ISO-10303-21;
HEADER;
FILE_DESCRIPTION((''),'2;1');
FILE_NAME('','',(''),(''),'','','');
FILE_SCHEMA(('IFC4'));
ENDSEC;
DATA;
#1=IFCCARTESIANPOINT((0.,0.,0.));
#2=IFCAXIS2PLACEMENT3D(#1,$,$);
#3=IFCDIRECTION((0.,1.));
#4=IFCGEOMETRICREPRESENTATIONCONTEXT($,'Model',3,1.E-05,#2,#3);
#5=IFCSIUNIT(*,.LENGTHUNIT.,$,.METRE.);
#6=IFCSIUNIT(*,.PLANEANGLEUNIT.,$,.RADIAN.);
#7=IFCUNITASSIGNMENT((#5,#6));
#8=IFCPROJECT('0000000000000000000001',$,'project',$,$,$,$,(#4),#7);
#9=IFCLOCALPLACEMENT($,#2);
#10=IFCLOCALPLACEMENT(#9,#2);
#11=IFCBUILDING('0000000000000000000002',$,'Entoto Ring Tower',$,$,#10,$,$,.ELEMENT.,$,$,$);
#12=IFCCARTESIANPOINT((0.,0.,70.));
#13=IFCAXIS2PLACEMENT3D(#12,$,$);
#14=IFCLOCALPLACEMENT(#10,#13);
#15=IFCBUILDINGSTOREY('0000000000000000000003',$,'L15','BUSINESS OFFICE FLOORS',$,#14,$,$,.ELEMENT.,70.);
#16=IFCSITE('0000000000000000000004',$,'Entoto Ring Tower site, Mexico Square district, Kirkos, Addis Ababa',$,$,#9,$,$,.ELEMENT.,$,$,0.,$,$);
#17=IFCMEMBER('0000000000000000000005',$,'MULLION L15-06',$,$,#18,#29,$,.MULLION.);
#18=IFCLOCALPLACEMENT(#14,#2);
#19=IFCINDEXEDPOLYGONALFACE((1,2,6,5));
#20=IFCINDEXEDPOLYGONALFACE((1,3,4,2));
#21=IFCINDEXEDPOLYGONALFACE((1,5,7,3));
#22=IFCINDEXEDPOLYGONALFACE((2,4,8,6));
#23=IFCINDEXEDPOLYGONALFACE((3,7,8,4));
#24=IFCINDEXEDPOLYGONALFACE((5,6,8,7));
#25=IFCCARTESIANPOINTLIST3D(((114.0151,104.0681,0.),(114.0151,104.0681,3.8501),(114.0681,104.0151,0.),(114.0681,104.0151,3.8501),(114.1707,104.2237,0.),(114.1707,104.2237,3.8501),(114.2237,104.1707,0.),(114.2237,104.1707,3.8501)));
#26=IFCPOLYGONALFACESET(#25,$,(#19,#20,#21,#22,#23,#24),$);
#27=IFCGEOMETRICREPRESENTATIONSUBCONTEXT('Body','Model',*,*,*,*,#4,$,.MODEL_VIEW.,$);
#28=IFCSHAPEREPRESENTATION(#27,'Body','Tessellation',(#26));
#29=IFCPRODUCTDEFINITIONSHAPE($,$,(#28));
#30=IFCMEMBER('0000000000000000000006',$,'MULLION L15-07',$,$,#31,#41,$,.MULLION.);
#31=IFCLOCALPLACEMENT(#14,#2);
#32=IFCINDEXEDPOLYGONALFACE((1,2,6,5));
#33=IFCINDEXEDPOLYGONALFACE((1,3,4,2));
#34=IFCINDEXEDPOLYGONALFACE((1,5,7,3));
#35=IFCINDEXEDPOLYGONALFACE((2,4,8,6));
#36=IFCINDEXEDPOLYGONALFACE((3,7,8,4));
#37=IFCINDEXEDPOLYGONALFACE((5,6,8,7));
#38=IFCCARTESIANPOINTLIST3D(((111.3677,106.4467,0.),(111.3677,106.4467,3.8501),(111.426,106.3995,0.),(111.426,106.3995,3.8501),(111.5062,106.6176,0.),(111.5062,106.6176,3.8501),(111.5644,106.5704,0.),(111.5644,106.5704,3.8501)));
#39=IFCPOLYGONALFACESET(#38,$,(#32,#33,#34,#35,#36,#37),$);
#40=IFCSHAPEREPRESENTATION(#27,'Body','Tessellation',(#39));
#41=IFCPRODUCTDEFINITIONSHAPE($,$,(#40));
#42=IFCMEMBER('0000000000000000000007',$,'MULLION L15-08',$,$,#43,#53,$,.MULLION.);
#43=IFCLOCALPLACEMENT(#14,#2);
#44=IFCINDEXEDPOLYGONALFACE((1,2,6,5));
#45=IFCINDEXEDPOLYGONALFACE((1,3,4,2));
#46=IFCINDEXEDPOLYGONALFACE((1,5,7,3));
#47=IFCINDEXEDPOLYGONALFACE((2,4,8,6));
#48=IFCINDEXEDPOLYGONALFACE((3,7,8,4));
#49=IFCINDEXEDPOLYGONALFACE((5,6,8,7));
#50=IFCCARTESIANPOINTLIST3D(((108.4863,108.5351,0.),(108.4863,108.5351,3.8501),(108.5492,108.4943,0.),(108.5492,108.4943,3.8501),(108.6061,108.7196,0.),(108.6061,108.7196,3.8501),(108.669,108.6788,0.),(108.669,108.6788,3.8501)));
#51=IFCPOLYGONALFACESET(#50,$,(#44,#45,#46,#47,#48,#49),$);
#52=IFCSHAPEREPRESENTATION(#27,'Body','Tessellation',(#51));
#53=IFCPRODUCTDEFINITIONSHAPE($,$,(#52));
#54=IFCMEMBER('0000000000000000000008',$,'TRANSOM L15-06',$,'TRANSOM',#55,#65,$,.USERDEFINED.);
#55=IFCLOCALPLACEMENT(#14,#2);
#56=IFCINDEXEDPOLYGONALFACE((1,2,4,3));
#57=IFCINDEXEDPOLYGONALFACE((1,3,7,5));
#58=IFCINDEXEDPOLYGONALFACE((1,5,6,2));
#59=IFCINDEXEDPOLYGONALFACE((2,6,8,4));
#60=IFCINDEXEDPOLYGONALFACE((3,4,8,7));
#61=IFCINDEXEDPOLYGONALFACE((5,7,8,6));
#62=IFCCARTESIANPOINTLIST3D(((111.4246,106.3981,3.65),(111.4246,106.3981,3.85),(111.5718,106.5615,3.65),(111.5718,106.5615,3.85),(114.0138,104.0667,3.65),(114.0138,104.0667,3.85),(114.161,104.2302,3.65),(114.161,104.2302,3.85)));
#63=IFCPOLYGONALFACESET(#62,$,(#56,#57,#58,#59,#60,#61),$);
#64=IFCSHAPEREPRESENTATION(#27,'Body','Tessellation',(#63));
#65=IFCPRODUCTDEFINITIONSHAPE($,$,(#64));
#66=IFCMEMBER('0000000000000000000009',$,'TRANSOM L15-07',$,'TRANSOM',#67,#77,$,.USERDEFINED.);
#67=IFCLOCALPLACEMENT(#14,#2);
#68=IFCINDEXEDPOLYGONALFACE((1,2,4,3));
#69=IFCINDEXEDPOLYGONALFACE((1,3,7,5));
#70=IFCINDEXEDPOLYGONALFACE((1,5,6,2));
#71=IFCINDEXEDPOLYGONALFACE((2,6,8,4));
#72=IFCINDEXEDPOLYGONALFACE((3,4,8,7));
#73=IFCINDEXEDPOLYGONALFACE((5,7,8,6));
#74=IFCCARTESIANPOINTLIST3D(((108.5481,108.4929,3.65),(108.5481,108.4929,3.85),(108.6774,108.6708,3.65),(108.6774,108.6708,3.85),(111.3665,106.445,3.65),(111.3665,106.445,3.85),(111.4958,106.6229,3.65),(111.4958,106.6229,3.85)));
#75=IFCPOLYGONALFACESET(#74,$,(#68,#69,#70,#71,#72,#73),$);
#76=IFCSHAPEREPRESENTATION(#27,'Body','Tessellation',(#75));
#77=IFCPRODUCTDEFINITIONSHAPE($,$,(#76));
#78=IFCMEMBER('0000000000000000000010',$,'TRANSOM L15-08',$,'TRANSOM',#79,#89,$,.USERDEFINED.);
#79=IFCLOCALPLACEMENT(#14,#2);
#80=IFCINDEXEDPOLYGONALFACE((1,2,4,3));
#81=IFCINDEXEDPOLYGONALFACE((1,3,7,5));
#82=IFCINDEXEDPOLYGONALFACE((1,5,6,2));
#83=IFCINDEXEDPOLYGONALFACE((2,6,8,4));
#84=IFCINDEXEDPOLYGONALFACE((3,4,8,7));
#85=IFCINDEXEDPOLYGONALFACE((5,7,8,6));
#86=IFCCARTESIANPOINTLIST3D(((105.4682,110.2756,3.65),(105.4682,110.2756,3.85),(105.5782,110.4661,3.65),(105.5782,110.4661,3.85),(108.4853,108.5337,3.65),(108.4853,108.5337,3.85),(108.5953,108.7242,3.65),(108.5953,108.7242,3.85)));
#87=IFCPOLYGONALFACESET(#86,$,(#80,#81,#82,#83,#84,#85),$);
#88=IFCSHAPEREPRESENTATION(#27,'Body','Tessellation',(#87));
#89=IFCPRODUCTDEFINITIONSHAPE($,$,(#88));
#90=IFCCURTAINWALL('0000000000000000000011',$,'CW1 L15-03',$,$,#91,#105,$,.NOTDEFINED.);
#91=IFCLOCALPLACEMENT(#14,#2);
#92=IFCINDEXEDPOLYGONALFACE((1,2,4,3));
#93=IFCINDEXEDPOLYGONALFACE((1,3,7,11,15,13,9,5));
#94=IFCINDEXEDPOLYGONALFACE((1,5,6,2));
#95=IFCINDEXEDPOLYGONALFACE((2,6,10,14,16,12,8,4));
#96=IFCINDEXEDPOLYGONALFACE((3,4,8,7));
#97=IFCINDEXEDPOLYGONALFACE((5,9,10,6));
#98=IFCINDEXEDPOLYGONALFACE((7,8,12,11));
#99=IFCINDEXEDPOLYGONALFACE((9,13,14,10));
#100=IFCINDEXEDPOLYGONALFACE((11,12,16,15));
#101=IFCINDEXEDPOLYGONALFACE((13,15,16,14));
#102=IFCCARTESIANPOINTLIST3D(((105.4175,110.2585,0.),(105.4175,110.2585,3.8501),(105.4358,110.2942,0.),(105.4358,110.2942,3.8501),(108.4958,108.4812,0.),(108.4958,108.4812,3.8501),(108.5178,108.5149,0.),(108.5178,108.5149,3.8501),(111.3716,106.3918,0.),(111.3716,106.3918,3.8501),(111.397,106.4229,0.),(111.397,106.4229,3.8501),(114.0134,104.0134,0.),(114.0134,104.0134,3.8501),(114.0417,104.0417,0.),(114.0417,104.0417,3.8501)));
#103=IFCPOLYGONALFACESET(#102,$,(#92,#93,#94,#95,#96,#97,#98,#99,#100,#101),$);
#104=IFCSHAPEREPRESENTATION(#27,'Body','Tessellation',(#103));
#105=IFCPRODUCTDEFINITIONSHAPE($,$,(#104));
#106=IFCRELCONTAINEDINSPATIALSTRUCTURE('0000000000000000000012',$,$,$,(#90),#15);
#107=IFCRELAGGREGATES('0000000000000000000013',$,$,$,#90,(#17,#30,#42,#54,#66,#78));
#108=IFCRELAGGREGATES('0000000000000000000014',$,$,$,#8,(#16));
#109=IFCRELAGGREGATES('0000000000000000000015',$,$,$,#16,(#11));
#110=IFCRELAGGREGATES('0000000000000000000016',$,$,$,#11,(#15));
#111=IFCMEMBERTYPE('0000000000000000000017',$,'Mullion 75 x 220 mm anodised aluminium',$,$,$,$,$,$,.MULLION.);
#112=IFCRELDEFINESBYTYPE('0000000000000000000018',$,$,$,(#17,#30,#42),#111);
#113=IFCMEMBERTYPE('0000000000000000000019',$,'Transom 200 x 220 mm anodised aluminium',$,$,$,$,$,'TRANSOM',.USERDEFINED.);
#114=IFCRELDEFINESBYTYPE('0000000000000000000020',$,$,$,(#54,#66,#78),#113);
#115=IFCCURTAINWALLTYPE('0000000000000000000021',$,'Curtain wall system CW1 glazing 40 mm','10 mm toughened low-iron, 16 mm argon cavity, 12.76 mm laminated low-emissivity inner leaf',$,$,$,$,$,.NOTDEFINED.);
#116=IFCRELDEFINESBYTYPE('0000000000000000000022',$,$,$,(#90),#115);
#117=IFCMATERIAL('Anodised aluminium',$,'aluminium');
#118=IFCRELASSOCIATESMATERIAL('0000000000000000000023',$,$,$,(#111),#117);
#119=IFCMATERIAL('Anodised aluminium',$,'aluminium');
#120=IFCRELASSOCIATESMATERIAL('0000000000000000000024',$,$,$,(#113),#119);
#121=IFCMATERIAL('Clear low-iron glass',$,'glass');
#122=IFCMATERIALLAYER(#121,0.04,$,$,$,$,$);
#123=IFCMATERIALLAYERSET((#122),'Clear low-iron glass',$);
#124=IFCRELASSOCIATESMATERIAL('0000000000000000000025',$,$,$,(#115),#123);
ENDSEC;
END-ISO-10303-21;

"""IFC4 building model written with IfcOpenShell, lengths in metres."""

from ifc_helpers import new_model, si_unit, direction, frame, origin, origin_2d, place, context, subcontext, project, spatial, polyline, rectangle, outline, extrude, material, layer, layer_set, material_profile, profile_set, type_object, element, aggregate, save


model = new_model("IFC4")

# Units and contexts
model_context = context("Model", 3, precision=1e-05, world=origin(), true_north=direction((0.0, 1.0)))
body_context = subcontext(model_context, "Body", "Model", "MODEL_VIEW")
ifc_project = project(units=[si_unit("LENGTHUNIT", "METRE"), si_unit("PLANEANGLEUNIT", "RADIAN")], contexts=[model_context])

# Members
ifc_material_1 = material(Name="Anodised aluminium", Category="aluminium")
ifc_material_profile_1 = material_profile(ifc_material_1, rectangle(XDim=0.075, YDim=0.22, at=origin_2d()), Name="Mullion 75 x 220 mm anodised aluminium")
ifc_profile_set_1 = profile_set([ifc_material_profile_1], Name="Anodised aluminium")
member_type_1 = type_object("IfcMemberType", Name="Mullion 75 x 220 mm anodised aluminium", PredefinedType="MULLION", material=ifc_profile_set_1)
site_placement = place(None, origin())
building_placement = place(site_placement, origin())
storey_placement = place(building_placement, frame((0.0, 0.0, 70.0)))
member_1_placement = place(storey_placement, frame((114.1194, 104.1194, 0.0), z_axis=(0.0, 0.0, 1.0), x_axis=(-0.707107, 0.707107, 0.0)))
member_1 = element("IfcMember", 1, at=member_1_placement, type_object=member_type_1, Name="MULLION L15-06", PredefinedType="MULLION", context=body_context, shape_type="SweptSolid", body=[
    extrude(rectangle(XDim=0.075, YDim=0.22, at=origin_2d()), origin(), (0.0, 0.0, 1.0), 3.8501),
])
member_2_placement = place(storey_placement, frame((111.4661, 106.5085, 0.0), z_axis=(0.0, 0.0, 1.0), x_axis=(-0.777146, 0.62932, 0.0)))
member_2 = element("IfcMember", 2, at=member_2_placement, type_object=member_type_1, Name="MULLION L15-07", PredefinedType="MULLION", context=body_context, shape_type="SweptSolid", body=[
    extrude(rectangle(XDim=0.075, YDim=0.22, at=origin_2d()), origin(), (0.0, 0.0, 1.0), 3.8501),
])
member_3_placement = place(storey_placement, frame((108.5776, 108.6069, 0.0), z_axis=(0.0, 0.0, 1.0), x_axis=(-0.838671, 0.544639, 0.0)))
member_3 = element("IfcMember", 3, at=member_3_placement, type_object=member_type_1, Name="MULLION L15-08", PredefinedType="MULLION", context=body_context, shape_type="SweptSolid", body=[
    extrude(rectangle(XDim=0.075, YDim=0.22, at=origin_2d()), origin(), (0.0, 0.0, 1.0), 3.8501),
])
ifc_material_2 = material(Name="Anodised aluminium", Category="aluminium")
ifc_material_profile_2 = material_profile(ifc_material_2, rectangle(XDim=0.22, YDim=0.2, at=origin_2d()), Name="Transom 200 x 220 mm anodised aluminium")
ifc_profile_set_2 = profile_set([ifc_material_profile_2], Name="Anodised aluminium")
member_type_2 = type_object("IfcMemberType", Name="Transom 200 x 220 mm anodised aluminium", ElementType="TRANSOM", PredefinedType="USERDEFINED", material=ifc_profile_set_2)
member_4_placement = place(storey_placement, frame((114.0874, 104.1484, 3.75), z_axis=(-0.743137, 0.669139, 0.0), x_axis=(-0.669139, -0.743137, 0.0)))
member_4 = element("IfcMember", 4, at=member_4_placement, type_object=member_type_2, Name="TRANSOM L15-06", ObjectType="TRANSOM", PredefinedType="USERDEFINED", context=body_context, shape_type="SweptSolid", body=[
    extrude(rectangle(XDim=0.22, YDim=0.2, at=origin_2d()), origin(), (0.0, 0.0, 1.0), 3.4841),
])
member_5_placement = place(storey_placement, frame((111.4312, 106.5339, 3.75), z_axis=(-0.808991, 0.587822, 0.0), x_axis=(-0.587822, -0.808991, 0.0)))
member_5 = element("IfcMember", 5, at=member_5_placement, type_object=member_type_2, Name="TRANSOM L15-07", ObjectType="TRANSOM", PredefinedType="USERDEFINED", context=body_context, shape_type="SweptSolid", body=[
    extrude(rectangle(XDim=0.22, YDim=0.2, at=origin_2d()), origin(), (0.0, 0.0, 1.0), 3.4839),
])
member_6_placement = place(storey_placement, frame((108.5403, 108.6289, 3.75), z_axis=(-0.866022, 0.500006, 0.0), x_axis=(-0.500006, -0.866022, 0.0)))
member_6 = element("IfcMember", 6, at=member_6_placement, type_object=member_type_2, Name="TRANSOM L15-08", ObjectType="TRANSOM", PredefinedType="USERDEFINED", context=body_context, shape_type="SweptSolid", body=[
    extrude(rectangle(XDim=0.22, YDim=0.2, at=origin_2d()), origin(), (0.0, 0.0, 1.0), 3.4839),
])

# Site, building, storey
site = spatial("IfcSite", under=ifc_project, at=site_placement, Name="Entoto Ring Tower site, Mexico Square district, Kirkos, Addis Ababa", CompositionType="ELEMENT", RefElevation=0.0)
building = spatial("IfcBuilding", under=site, at=building_placement, Name="Entoto Ring Tower", CompositionType="ELEMENT")
storey = spatial("IfcBuildingStorey", under=building, at=storey_placement, Name="L15", Description="BUSINESS OFFICE FLOORS", CompositionType="ELEMENT", Elevation=70.0)

# Curtain wall
ifc_material_3 = material(Name="Clear low-iron glass", Category="glass")
ifc_layer = layer(ifc_material_3, 0.04)
ifc_layer_set = layer_set([ifc_layer], Name="Clear low-iron glass")
curtain_wall_type = type_object("IfcCurtainWallType", Name="Curtain wall system CW1 glazing 40 mm", Description="10 mm toughened low-iron, 16 mm argon cavity, 12.76 mm laminated low-emissivity inner leaf", PredefinedType="NOTDEFINED", material=ifc_layer_set)
curtain_wall_1_placement = place(storey_placement, origin())
curtain_wall_1 = element("IfcCurtainWall", 7, at=curtain_wall_1_placement, inside=storey, type_object=curtain_wall_type, Name="CW1 L15-03", PredefinedType="NOTDEFINED", context=body_context, shape_type="SweptSolid", body=[
    extrude(outline(polyline([(114.0417, 104.0417), (111.397, 106.4229), (108.5178, 108.5149), (105.4358, 110.2942), (105.4175, 110.2585), (108.4958, 108.4812), (111.3716, 106.3918), (114.0134, 104.0134), (114.0417, 104.0417)])), origin(), (0.0, 0.0, 1.0), 3.8501),
])
aggregate(curtain_wall_1, [member_1, member_2, member_3, member_4, member_5, member_6])

save(model, "model.ifc")
